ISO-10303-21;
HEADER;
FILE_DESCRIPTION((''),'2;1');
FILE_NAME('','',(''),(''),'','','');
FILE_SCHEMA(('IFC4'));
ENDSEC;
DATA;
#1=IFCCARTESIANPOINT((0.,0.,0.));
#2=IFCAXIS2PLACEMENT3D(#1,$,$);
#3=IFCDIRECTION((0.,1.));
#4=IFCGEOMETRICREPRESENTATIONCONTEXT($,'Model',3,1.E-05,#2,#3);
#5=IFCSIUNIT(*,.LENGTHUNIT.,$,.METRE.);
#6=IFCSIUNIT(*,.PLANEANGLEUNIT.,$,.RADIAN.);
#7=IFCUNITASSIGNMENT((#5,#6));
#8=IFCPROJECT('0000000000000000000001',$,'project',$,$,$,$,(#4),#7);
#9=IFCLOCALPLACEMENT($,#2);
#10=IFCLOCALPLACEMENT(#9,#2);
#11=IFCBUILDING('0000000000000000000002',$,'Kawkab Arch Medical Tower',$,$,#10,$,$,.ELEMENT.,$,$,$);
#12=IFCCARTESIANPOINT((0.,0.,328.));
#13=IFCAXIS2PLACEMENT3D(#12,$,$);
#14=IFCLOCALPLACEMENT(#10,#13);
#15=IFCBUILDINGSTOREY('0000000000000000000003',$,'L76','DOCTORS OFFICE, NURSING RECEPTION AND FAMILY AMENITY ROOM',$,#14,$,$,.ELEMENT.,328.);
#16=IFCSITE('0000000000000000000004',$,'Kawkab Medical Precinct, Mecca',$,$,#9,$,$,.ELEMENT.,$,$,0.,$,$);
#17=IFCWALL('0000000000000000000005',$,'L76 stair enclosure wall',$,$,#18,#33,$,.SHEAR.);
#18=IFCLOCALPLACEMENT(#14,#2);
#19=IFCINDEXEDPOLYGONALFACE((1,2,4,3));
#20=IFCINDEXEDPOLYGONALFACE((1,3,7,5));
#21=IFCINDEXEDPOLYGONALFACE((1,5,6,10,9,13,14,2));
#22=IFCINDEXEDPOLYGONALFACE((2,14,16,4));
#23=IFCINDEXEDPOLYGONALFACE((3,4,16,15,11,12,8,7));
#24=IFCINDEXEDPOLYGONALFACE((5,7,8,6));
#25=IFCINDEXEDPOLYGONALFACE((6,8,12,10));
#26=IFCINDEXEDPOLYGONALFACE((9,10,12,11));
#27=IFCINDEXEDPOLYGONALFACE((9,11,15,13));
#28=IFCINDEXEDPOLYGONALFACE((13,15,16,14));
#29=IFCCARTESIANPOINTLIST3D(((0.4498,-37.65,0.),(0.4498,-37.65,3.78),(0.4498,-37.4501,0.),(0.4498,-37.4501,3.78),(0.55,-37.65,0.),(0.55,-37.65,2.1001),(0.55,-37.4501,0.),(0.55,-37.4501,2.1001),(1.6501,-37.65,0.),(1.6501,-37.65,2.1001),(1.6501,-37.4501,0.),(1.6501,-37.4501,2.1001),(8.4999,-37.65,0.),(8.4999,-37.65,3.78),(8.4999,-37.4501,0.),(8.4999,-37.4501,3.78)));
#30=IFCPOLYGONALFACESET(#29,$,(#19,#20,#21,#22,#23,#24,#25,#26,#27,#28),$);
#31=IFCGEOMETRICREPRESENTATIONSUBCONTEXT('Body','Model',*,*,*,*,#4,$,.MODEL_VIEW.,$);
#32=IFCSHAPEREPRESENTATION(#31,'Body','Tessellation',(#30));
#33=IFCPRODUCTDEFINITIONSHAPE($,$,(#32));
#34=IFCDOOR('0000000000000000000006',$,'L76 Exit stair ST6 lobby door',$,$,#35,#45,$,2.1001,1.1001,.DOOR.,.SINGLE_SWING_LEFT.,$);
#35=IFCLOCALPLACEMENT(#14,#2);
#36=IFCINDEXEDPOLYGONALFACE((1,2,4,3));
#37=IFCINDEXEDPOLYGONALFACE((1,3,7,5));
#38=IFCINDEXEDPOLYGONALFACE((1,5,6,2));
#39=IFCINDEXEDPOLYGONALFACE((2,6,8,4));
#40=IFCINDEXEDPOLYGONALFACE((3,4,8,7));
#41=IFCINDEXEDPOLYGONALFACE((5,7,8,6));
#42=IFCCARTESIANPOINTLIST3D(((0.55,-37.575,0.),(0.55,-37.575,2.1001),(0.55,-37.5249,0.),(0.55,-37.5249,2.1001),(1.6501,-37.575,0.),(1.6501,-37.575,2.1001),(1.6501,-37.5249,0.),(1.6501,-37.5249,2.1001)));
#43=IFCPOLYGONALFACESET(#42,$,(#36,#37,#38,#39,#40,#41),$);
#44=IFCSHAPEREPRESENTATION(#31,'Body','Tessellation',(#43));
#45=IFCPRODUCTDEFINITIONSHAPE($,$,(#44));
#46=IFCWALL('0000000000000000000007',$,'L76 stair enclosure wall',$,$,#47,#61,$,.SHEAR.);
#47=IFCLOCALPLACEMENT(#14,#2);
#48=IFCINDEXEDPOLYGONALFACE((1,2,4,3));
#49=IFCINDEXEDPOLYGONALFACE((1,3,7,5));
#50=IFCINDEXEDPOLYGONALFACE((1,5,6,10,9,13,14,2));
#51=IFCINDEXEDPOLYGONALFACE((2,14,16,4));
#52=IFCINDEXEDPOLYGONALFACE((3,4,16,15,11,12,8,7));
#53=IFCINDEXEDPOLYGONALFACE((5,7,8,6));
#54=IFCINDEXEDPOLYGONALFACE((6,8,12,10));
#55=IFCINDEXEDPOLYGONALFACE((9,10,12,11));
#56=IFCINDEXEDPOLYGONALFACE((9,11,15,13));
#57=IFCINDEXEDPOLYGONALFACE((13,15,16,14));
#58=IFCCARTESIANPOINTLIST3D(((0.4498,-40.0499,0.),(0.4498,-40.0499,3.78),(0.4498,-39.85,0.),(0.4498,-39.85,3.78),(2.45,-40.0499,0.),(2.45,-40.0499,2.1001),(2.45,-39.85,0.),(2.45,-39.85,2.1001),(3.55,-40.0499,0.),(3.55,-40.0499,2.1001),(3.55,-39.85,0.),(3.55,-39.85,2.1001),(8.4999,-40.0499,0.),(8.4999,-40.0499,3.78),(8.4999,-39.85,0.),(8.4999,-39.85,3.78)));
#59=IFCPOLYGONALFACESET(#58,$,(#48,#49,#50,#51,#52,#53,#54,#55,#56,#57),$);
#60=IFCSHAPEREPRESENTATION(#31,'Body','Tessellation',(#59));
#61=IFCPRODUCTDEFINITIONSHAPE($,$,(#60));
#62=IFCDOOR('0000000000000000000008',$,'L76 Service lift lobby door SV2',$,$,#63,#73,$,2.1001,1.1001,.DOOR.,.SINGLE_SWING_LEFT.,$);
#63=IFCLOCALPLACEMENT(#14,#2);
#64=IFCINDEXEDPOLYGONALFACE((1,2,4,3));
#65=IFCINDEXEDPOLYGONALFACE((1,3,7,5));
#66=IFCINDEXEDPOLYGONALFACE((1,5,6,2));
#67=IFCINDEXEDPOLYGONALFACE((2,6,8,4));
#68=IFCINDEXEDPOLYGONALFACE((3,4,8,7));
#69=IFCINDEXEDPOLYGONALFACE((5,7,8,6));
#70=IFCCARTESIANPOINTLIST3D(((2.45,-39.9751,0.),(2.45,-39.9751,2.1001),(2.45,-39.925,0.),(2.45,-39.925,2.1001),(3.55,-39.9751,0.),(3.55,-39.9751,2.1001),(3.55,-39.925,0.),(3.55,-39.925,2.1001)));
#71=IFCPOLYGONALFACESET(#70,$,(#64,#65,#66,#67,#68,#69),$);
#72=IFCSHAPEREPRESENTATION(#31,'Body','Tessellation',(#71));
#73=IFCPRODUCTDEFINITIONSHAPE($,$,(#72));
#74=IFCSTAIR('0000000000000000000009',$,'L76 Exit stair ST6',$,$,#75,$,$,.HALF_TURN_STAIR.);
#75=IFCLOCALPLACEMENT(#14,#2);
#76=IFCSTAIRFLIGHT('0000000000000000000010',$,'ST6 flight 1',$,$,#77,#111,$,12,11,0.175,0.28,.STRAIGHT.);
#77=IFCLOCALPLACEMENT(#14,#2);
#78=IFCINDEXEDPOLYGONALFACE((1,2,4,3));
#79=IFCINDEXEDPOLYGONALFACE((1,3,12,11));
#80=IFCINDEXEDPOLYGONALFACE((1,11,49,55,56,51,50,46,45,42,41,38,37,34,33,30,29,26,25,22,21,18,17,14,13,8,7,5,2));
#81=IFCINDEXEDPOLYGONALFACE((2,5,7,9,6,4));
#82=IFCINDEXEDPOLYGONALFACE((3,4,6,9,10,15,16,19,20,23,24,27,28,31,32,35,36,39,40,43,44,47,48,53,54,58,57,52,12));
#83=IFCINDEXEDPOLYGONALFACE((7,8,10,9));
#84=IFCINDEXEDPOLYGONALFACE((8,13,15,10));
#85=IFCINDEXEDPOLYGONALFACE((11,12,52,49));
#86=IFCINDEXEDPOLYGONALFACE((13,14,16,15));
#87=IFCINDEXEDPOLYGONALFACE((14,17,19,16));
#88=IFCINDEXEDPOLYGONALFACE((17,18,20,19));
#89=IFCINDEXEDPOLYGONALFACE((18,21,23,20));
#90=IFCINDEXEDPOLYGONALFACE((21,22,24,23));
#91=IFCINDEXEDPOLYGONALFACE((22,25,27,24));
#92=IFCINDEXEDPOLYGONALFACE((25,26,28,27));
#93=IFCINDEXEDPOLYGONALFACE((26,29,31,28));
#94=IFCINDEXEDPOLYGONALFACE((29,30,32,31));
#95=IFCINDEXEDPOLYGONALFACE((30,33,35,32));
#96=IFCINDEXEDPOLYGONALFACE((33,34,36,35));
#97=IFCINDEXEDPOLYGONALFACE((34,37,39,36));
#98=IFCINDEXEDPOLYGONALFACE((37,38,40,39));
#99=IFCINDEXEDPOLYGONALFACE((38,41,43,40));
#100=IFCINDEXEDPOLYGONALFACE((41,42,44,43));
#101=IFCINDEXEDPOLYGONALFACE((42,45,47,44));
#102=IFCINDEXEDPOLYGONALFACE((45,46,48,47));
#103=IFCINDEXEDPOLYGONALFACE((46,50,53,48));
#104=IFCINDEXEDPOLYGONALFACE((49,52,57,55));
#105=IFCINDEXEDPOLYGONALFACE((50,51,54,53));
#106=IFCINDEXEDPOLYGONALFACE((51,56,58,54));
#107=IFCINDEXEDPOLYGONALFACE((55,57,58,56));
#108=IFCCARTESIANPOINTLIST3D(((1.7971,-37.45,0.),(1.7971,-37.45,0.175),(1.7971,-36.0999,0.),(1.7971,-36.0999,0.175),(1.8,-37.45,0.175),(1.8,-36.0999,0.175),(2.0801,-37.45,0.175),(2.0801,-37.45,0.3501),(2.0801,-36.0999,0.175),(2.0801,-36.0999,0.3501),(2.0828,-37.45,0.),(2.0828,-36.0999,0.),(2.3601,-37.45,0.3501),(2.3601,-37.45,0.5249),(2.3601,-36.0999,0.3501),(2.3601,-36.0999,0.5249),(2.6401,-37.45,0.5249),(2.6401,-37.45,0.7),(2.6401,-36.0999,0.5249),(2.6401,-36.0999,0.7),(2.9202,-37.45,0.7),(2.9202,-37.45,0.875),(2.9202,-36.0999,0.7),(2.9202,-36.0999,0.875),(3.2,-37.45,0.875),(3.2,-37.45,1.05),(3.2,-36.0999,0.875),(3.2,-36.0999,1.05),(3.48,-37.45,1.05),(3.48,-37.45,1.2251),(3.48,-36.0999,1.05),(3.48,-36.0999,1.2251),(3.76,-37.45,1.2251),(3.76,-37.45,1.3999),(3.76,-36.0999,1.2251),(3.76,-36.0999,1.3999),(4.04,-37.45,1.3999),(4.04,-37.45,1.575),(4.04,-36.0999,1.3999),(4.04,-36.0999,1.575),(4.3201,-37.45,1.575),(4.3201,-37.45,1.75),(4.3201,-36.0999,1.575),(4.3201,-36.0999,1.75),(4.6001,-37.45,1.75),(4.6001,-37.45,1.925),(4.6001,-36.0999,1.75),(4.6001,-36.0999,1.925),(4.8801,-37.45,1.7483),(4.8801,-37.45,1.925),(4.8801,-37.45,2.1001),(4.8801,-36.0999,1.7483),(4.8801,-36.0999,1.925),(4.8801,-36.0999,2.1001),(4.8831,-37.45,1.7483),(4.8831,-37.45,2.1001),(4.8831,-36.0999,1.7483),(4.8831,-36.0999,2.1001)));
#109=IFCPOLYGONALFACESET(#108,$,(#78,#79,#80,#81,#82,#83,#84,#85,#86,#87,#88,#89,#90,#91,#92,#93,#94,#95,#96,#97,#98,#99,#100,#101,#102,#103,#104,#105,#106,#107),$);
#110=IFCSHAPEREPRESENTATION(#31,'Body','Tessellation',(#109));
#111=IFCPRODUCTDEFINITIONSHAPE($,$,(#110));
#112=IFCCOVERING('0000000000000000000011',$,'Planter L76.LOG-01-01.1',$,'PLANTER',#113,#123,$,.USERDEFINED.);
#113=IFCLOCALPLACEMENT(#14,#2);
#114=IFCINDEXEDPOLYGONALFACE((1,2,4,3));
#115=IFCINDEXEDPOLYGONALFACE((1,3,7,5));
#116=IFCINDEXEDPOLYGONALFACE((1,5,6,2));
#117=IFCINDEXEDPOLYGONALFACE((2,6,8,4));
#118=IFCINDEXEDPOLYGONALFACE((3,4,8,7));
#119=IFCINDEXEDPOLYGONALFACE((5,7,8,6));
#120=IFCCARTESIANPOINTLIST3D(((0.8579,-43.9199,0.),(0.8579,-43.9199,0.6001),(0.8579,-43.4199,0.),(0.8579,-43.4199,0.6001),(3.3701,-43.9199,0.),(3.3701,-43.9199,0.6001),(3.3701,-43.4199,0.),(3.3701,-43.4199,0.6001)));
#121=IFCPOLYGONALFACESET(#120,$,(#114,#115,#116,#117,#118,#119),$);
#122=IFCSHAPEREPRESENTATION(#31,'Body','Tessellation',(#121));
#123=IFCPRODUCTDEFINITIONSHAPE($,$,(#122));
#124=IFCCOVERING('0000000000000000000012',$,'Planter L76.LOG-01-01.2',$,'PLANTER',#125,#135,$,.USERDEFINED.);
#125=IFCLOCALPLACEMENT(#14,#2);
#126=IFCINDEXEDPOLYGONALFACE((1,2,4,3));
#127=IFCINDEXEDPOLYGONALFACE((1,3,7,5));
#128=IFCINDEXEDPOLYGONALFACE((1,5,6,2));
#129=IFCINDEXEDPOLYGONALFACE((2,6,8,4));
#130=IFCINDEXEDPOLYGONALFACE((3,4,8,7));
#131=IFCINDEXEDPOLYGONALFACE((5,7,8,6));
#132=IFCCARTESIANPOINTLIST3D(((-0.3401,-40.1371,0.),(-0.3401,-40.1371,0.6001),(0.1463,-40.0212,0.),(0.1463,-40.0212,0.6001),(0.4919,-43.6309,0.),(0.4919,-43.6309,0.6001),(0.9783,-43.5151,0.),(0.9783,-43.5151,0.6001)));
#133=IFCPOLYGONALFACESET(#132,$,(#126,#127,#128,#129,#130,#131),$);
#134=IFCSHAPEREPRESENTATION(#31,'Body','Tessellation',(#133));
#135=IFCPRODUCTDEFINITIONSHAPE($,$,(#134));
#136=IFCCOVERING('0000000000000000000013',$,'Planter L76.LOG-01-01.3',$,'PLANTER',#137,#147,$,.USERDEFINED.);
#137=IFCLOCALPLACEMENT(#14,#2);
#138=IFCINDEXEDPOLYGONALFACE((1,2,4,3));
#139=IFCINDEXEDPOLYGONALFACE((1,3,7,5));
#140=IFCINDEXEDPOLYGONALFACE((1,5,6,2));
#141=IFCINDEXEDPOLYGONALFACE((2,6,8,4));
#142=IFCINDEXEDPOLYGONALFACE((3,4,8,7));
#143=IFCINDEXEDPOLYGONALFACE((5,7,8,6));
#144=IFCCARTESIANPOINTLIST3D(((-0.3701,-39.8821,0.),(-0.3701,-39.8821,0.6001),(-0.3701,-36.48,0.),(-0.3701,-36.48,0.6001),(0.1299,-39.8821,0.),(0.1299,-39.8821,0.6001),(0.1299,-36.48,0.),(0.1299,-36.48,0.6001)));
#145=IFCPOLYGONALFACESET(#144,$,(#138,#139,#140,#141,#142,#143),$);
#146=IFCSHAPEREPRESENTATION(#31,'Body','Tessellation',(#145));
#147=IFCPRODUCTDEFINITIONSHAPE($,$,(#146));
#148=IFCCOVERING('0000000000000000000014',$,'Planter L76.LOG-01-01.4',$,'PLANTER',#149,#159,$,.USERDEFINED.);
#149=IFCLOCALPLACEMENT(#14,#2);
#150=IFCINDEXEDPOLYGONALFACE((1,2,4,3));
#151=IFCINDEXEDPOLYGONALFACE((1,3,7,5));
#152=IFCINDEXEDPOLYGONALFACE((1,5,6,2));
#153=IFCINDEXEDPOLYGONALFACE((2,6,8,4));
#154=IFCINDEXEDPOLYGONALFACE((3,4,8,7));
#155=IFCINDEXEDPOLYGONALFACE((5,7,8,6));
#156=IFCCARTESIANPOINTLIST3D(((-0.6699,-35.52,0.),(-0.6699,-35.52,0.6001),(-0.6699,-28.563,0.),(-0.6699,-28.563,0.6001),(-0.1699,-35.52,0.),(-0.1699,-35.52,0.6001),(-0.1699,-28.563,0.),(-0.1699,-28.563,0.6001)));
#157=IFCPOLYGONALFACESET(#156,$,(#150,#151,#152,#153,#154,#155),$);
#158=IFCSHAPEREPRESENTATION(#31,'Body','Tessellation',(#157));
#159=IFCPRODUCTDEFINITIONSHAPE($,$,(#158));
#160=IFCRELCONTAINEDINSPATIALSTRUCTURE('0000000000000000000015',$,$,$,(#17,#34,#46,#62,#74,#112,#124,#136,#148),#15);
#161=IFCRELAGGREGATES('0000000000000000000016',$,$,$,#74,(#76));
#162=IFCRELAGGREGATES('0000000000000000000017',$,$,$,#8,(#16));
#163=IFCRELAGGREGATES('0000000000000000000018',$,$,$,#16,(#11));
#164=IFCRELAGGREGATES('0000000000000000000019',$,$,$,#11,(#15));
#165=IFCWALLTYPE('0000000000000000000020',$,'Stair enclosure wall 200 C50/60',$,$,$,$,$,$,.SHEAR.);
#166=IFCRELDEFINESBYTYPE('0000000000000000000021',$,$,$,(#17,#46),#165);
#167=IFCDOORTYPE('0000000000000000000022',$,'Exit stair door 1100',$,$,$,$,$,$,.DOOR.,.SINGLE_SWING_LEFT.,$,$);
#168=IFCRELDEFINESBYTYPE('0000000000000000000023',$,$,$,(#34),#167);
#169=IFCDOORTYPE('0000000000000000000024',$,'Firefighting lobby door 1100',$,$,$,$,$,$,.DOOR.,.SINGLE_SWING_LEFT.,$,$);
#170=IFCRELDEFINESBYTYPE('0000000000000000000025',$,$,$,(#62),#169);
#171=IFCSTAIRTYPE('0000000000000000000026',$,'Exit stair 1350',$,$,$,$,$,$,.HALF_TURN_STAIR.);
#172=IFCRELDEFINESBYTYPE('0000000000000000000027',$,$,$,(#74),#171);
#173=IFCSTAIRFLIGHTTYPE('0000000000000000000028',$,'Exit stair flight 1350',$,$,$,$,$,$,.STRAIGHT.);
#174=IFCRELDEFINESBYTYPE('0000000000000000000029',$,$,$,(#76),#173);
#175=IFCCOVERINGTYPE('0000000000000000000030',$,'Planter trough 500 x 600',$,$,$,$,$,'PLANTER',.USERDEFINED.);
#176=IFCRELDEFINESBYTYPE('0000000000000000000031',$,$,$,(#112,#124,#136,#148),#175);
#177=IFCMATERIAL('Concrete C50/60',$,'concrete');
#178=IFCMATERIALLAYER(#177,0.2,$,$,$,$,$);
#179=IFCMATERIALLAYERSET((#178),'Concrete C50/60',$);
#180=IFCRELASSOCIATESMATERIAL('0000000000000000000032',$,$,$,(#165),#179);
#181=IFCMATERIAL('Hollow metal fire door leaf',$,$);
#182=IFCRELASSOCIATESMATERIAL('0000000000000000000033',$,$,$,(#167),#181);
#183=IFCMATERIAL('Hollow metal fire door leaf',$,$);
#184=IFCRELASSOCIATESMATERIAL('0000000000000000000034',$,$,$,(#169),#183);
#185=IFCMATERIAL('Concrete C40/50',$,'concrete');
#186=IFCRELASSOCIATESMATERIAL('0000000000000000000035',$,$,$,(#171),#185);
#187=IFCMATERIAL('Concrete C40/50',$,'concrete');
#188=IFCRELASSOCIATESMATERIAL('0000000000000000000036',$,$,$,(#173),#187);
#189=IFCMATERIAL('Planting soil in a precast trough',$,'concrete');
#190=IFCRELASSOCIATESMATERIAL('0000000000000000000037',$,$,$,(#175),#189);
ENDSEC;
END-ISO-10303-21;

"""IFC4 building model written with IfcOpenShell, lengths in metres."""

from ifc_helpers import new_model, si_unit, direction, frame, frame_2d, origin, origin_2d, place, context, subcontext, project, spatial, polyline, rectangle, outline, extrude, material, layer, layer_set, material_profile, profile_set, type_object, element, fill, aggregate, save


model = new_model("IFC4")

# Units and contexts
model_context = context("Model", 3, precision=1e-05, world=origin(), true_north=direction((0.0, 1.0)))
body_context = subcontext(model_context, "Body", "Model", "MODEL_VIEW")
ifc_project = project(units=[si_unit("LENGTHUNIT", "METRE"), si_unit("PLANEANGLEUNIT", "RADIAN")], contexts=[model_context])

# Site, building, storey
site_placement = place(None, origin())
site = spatial("IfcSite", under=ifc_project, at=site_placement, Name="Kawkab Medical Precinct, Mecca", CompositionType="ELEMENT", RefElevation=0.0)
building_placement = place(site_placement, origin())
building = spatial("IfcBuilding", under=site, at=building_placement, Name="Kawkab Arch Medical Tower", CompositionType="ELEMENT")
storey_placement = place(building_placement, frame((0.0, 0.0, 328.0)))
storey = spatial("IfcBuildingStorey", under=building, at=storey_placement, Name="L76", Description="DOCTORS OFFICE, NURSING RECEPTION AND FAMILY AMENITY ROOM", CompositionType="ELEMENT", Elevation=328.0)

# Shared definitions
placement = place(storey_placement, origin())

# Walls, openings, doors
ifc_material_1 = material(Name="Concrete C50/60", Category="concrete")
ifc_layer_1 = layer(ifc_material_1, 0.2)
ifc_layer_set_1 = layer_set([ifc_layer_1], Name="Concrete C50/60")
wall_type_1 = type_object("IfcWallType", Name="Stair enclosure wall 200 C50/60", PredefinedType="SHEAR", material=ifc_layer_set_1)
ifc_material_2 = material(Name="Hollow metal fire door leaf")
door_type_1 = type_object("IfcDoorType", Name="Exit stair door 1100", OperationType="SINGLE_SWING_LEFT", PredefinedType="DOOR", material=ifc_material_2)
wall_1_placement = place(storey_placement, frame((0.45, -37.55, 0.0), z_axis=(0.0, 0.0, 1.0), x_axis=(1.0, 0.0, 0.0)))
wall_1 = element("IfcWall", 1, at=wall_1_placement, inside=storey, type_object=wall_type_1, Name="L76 stair enclosure wall", PredefinedType="SHEAR", context=body_context, shape_type="SweptSolid", body=[
    extrude(rectangle(XDim=8.05, YDim=0.2, at=frame_2d((4.0249, 0.0))), origin(), (0.0, 0.0, 1.0), 3.78),
])
opening_1_placement = place(wall_1_placement, frame((0.1001, 0.0, 0.0)))
opening_1 = element("IfcOpeningElement", 2, at=opening_1_placement, cuts=wall_1, PredefinedType="OPENING", context=body_context, shape_type="SweptSolid", body=[
    extrude(rectangle(XDim=1.1001, YDim=2.1001, at=frame_2d((0.55, 1.05))), frame((0.0, 0.1099, 0.0), z_axis=(0.0, -1.0, 0.0), x_axis=(1.0, 0.0, 0.0)), (0.0, 0.0, 1.0), 0.22),
])
door_1_placement = place(opening_1_placement, frame((1.1001, 0.0, 0.0), z_axis=(0.0, 0.0, 1.0), x_axis=(-1.0, 0.0, 0.0)))
door_1 = element("IfcDoor", 3, at=door_1_placement, inside=storey, type_object=door_type_1, Name="L76 Exit stair ST6 lobby door", OperationType="SINGLE_SWING_LEFT", OverallHeight=2.1001, OverallWidth=1.1001, PredefinedType="DOOR", context=body_context, shape_type="SweptSolid", body=[
    extrude(rectangle(XDim=1.1001, YDim=2.1001, at=frame_2d((0.55, 1.05))), frame((0.0, 0.0249, 0.0), z_axis=(0.0, -1.0, 0.0), x_axis=(1.0, 0.0, 0.0)), (0.0, 0.0, 1.0), 0.05),
])
fill(opening_1, door_1)
wall_2_placement = place(storey_placement, frame((0.45, -39.95, 0.0), z_axis=(0.0, 0.0, 1.0), x_axis=(1.0, 0.0, 0.0)))
wall_2 = element("IfcWall", 4, at=wall_2_placement, inside=storey, type_object=wall_type_1, Name="L76 stair enclosure wall", PredefinedType="SHEAR", context=body_context, shape_type="SweptSolid", body=[
    extrude(rectangle(XDim=8.05, YDim=0.2, at=frame_2d((4.0249, 0.0))), origin(), (0.0, 0.0, 1.0), 3.78),
])
opening_2_placement = place(wall_2_placement, frame((2.0, 0.0, 0.0)))
opening_2 = element("IfcOpeningElement", 5, at=opening_2_placement, cuts=wall_2, PredefinedType="OPENING", context=body_context, shape_type="SweptSolid", body=[
    extrude(rectangle(XDim=1.1001, YDim=2.1001, at=frame_2d((0.55, 1.05))), frame((0.0, 0.1099, 0.0), z_axis=(0.0, -1.0, 0.0), x_axis=(1.0, 0.0, 0.0)), (0.0, 0.0, 1.0), 0.22),
])
ifc_material_3 = material(Name="Hollow metal fire door leaf")
door_type_2 = type_object("IfcDoorType", Name="Firefighting lobby door 1100", OperationType="SINGLE_SWING_LEFT", PredefinedType="DOOR", material=ifc_material_3)
door_2_placement = place(opening_2_placement, origin())
door_2 = element("IfcDoor", 6, at=door_2_placement, inside=storey, type_object=door_type_2, Name="L76 Service lift lobby door SV2", OperationType="SINGLE_SWING_LEFT", OverallHeight=2.1001, OverallWidth=1.1001, PredefinedType="DOOR", context=body_context, shape_type="SweptSolid", body=[
    extrude(rectangle(XDim=1.1001, YDim=2.1001, at=frame_2d((0.55, 1.05))), frame((0.0, 0.0249, 0.0), z_axis=(0.0, -1.0, 0.0), x_axis=(1.0, 0.0, 0.0)), (0.0, 0.0, 1.0), 0.05),
])
fill(opening_2, door_2)

# Stair, stair flight
ifc_material_4 = material(Name="Concrete C40/50", Category="concrete")
stair_type = type_object("IfcStairType", Name="Exit stair 1350", PredefinedType="HALF_TURN_STAIR", material=ifc_material_4)
stair = element("IfcStair", 7, at=placement, inside=storey, type_object=stair_type, Name="L76 Exit stair ST6", PredefinedType="HALF_TURN_STAIR")
ifc_material_5 = material(Name="Concrete C40/50", Category="concrete")
stair_flight_type = type_object("IfcStairFlightType", Name="Exit stair flight 1350", PredefinedType="STRAIGHT", material=ifc_material_5)
stair_flight_placement = place(storey_placement, frame((1.8, -36.7749, 0.0), z_axis=(0.0, 0.0, 1.0), x_axis=(1.0, 0.0, 0.0)))
stair_flight = element("IfcStairFlight", 8, at=stair_flight_placement, type_object=stair_flight_type, Name="ST6 flight 1", NumberOfRisers=12, NumberOfTreads=11, PredefinedType="STRAIGHT", RiserHeight=0.175, TreadLength=0.28, context=body_context, shape_type="SweptSolid", body=[
    extrude(outline(polyline([(-0.0029, 0.0), (-0.0029, 0.175), (0.0, 0.175), (0.28, 0.175), (0.28, 0.3501), (0.5601, 0.3501), (0.5601, 0.5249), (0.8401, 0.5249), (0.8401, 0.7), (1.1201, 0.7), (1.1201, 0.875), (1.3999, 0.875), (1.3999, 1.05), (1.6799, 1.05), (1.6799, 1.2251), (1.96, 1.2251), (1.96, 1.3999), (2.24, 1.3999), (2.24, 1.575), (2.52, 1.575), (2.52, 1.75), (2.8, 1.75), (2.8, 1.925), (3.0801, 1.925), (3.0801, 2.1001), (3.083, 2.1001), (3.083, 1.7483), (3.0801, 1.7483), (0.2827, 0.0), (-0.0029, 0.0)])), frame((0.0, 0.675, 0.0), z_axis=(0.0, -1.0, 0.0), x_axis=(1.0, 0.0, 0.0)), (0.0, 0.0, 1.0), 1.3501),
])
aggregate(stair, [stair_flight])

# Coverings
ifc_material_6 = material(Name="Planting soil in a precast trough", Category="concrete")
ifc_material_profile_1 = material_profile(ifc_material_6, rectangle(XDim=0.5, YDim=0.6001, at=origin_2d()), Name="Trough 500x600")
ifc_profile_set_1 = profile_set([ifc_material_profile_1], Name="Planting soil in a precast trough")
covering_type = type_object("IfcCoveringType", Name="Planter trough 500 x 600", ElementType="PLANTER", PredefinedType="USERDEFINED", material=ifc_profile_set_1)
covering_1_placement = place(storey_placement, frame((3.3701, -43.6699, 0.3), z_axis=(-1.0, 0.0, 0.0), x_axis=(0.0, -1.0, 0.0)))
element("IfcCovering", 9, at=covering_1_placement, inside=storey, type_object=covering_type, Name="Planter L76.LOG-01-01.1", ObjectType="PLANTER", PredefinedType="USERDEFINED", context=body_context, shape_type="SweptSolid", body=[
    extrude(rectangle(XDim=0.5, YDim=0.6001, at=origin_2d()), origin(), (0.0, 0.0, 1.0), 2.5122),
])
covering_2_placement = place(storey_placement, frame((0.7351, -43.573, 0.3), z_axis=(-0.23166, 0.972797, 0.0), x_axis=(-0.972797, -0.23166, 0.0)))
element("IfcCovering", 10, at=covering_2_placement, inside=storey, type_object=covering_type, Name="Planter L76.LOG-01-01.2", ObjectType="PLANTER", PredefinedType="USERDEFINED", context=body_context, shape_type="SweptSolid", body=[
    extrude(rectangle(XDim=0.5, YDim=0.6001, at=origin_2d()), origin(), (0.0, 0.0, 1.0), 3.5916),
])
covering_3_placement = place(storey_placement, frame((-0.1201, -39.8821, 0.3), z_axis=(0.0, 1.0, 0.0), x_axis=(-1.0, 0.0, 0.0)))
element("IfcCovering", 11, at=covering_3_placement, inside=storey, type_object=covering_type, Name="Planter L76.LOG-01-01.3", ObjectType="PLANTER", PredefinedType="USERDEFINED", context=body_context, shape_type="SweptSolid", body=[
    extrude(rectangle(XDim=0.5, YDim=0.6001, at=origin_2d()), origin(), (0.0, 0.0, 1.0), 3.4021),
])
covering_4_placement = place(storey_placement, frame((-0.4199, -35.52, 0.3), z_axis=(0.0, 1.0, 0.0), x_axis=(-1.0, 0.0, 0.0)))
element("IfcCovering", 12, at=covering_4_placement, inside=storey, type_object=covering_type, Name="Planter L76.LOG-01-01.4", ObjectType="PLANTER", PredefinedType="USERDEFINED", context=body_context, shape_type="SweptSolid", body=[
    extrude(rectangle(XDim=0.5, YDim=0.6001, at=origin_2d()), origin(), (0.0, 0.0, 1.0), 6.957),
])

save(model, "model.ifc")
